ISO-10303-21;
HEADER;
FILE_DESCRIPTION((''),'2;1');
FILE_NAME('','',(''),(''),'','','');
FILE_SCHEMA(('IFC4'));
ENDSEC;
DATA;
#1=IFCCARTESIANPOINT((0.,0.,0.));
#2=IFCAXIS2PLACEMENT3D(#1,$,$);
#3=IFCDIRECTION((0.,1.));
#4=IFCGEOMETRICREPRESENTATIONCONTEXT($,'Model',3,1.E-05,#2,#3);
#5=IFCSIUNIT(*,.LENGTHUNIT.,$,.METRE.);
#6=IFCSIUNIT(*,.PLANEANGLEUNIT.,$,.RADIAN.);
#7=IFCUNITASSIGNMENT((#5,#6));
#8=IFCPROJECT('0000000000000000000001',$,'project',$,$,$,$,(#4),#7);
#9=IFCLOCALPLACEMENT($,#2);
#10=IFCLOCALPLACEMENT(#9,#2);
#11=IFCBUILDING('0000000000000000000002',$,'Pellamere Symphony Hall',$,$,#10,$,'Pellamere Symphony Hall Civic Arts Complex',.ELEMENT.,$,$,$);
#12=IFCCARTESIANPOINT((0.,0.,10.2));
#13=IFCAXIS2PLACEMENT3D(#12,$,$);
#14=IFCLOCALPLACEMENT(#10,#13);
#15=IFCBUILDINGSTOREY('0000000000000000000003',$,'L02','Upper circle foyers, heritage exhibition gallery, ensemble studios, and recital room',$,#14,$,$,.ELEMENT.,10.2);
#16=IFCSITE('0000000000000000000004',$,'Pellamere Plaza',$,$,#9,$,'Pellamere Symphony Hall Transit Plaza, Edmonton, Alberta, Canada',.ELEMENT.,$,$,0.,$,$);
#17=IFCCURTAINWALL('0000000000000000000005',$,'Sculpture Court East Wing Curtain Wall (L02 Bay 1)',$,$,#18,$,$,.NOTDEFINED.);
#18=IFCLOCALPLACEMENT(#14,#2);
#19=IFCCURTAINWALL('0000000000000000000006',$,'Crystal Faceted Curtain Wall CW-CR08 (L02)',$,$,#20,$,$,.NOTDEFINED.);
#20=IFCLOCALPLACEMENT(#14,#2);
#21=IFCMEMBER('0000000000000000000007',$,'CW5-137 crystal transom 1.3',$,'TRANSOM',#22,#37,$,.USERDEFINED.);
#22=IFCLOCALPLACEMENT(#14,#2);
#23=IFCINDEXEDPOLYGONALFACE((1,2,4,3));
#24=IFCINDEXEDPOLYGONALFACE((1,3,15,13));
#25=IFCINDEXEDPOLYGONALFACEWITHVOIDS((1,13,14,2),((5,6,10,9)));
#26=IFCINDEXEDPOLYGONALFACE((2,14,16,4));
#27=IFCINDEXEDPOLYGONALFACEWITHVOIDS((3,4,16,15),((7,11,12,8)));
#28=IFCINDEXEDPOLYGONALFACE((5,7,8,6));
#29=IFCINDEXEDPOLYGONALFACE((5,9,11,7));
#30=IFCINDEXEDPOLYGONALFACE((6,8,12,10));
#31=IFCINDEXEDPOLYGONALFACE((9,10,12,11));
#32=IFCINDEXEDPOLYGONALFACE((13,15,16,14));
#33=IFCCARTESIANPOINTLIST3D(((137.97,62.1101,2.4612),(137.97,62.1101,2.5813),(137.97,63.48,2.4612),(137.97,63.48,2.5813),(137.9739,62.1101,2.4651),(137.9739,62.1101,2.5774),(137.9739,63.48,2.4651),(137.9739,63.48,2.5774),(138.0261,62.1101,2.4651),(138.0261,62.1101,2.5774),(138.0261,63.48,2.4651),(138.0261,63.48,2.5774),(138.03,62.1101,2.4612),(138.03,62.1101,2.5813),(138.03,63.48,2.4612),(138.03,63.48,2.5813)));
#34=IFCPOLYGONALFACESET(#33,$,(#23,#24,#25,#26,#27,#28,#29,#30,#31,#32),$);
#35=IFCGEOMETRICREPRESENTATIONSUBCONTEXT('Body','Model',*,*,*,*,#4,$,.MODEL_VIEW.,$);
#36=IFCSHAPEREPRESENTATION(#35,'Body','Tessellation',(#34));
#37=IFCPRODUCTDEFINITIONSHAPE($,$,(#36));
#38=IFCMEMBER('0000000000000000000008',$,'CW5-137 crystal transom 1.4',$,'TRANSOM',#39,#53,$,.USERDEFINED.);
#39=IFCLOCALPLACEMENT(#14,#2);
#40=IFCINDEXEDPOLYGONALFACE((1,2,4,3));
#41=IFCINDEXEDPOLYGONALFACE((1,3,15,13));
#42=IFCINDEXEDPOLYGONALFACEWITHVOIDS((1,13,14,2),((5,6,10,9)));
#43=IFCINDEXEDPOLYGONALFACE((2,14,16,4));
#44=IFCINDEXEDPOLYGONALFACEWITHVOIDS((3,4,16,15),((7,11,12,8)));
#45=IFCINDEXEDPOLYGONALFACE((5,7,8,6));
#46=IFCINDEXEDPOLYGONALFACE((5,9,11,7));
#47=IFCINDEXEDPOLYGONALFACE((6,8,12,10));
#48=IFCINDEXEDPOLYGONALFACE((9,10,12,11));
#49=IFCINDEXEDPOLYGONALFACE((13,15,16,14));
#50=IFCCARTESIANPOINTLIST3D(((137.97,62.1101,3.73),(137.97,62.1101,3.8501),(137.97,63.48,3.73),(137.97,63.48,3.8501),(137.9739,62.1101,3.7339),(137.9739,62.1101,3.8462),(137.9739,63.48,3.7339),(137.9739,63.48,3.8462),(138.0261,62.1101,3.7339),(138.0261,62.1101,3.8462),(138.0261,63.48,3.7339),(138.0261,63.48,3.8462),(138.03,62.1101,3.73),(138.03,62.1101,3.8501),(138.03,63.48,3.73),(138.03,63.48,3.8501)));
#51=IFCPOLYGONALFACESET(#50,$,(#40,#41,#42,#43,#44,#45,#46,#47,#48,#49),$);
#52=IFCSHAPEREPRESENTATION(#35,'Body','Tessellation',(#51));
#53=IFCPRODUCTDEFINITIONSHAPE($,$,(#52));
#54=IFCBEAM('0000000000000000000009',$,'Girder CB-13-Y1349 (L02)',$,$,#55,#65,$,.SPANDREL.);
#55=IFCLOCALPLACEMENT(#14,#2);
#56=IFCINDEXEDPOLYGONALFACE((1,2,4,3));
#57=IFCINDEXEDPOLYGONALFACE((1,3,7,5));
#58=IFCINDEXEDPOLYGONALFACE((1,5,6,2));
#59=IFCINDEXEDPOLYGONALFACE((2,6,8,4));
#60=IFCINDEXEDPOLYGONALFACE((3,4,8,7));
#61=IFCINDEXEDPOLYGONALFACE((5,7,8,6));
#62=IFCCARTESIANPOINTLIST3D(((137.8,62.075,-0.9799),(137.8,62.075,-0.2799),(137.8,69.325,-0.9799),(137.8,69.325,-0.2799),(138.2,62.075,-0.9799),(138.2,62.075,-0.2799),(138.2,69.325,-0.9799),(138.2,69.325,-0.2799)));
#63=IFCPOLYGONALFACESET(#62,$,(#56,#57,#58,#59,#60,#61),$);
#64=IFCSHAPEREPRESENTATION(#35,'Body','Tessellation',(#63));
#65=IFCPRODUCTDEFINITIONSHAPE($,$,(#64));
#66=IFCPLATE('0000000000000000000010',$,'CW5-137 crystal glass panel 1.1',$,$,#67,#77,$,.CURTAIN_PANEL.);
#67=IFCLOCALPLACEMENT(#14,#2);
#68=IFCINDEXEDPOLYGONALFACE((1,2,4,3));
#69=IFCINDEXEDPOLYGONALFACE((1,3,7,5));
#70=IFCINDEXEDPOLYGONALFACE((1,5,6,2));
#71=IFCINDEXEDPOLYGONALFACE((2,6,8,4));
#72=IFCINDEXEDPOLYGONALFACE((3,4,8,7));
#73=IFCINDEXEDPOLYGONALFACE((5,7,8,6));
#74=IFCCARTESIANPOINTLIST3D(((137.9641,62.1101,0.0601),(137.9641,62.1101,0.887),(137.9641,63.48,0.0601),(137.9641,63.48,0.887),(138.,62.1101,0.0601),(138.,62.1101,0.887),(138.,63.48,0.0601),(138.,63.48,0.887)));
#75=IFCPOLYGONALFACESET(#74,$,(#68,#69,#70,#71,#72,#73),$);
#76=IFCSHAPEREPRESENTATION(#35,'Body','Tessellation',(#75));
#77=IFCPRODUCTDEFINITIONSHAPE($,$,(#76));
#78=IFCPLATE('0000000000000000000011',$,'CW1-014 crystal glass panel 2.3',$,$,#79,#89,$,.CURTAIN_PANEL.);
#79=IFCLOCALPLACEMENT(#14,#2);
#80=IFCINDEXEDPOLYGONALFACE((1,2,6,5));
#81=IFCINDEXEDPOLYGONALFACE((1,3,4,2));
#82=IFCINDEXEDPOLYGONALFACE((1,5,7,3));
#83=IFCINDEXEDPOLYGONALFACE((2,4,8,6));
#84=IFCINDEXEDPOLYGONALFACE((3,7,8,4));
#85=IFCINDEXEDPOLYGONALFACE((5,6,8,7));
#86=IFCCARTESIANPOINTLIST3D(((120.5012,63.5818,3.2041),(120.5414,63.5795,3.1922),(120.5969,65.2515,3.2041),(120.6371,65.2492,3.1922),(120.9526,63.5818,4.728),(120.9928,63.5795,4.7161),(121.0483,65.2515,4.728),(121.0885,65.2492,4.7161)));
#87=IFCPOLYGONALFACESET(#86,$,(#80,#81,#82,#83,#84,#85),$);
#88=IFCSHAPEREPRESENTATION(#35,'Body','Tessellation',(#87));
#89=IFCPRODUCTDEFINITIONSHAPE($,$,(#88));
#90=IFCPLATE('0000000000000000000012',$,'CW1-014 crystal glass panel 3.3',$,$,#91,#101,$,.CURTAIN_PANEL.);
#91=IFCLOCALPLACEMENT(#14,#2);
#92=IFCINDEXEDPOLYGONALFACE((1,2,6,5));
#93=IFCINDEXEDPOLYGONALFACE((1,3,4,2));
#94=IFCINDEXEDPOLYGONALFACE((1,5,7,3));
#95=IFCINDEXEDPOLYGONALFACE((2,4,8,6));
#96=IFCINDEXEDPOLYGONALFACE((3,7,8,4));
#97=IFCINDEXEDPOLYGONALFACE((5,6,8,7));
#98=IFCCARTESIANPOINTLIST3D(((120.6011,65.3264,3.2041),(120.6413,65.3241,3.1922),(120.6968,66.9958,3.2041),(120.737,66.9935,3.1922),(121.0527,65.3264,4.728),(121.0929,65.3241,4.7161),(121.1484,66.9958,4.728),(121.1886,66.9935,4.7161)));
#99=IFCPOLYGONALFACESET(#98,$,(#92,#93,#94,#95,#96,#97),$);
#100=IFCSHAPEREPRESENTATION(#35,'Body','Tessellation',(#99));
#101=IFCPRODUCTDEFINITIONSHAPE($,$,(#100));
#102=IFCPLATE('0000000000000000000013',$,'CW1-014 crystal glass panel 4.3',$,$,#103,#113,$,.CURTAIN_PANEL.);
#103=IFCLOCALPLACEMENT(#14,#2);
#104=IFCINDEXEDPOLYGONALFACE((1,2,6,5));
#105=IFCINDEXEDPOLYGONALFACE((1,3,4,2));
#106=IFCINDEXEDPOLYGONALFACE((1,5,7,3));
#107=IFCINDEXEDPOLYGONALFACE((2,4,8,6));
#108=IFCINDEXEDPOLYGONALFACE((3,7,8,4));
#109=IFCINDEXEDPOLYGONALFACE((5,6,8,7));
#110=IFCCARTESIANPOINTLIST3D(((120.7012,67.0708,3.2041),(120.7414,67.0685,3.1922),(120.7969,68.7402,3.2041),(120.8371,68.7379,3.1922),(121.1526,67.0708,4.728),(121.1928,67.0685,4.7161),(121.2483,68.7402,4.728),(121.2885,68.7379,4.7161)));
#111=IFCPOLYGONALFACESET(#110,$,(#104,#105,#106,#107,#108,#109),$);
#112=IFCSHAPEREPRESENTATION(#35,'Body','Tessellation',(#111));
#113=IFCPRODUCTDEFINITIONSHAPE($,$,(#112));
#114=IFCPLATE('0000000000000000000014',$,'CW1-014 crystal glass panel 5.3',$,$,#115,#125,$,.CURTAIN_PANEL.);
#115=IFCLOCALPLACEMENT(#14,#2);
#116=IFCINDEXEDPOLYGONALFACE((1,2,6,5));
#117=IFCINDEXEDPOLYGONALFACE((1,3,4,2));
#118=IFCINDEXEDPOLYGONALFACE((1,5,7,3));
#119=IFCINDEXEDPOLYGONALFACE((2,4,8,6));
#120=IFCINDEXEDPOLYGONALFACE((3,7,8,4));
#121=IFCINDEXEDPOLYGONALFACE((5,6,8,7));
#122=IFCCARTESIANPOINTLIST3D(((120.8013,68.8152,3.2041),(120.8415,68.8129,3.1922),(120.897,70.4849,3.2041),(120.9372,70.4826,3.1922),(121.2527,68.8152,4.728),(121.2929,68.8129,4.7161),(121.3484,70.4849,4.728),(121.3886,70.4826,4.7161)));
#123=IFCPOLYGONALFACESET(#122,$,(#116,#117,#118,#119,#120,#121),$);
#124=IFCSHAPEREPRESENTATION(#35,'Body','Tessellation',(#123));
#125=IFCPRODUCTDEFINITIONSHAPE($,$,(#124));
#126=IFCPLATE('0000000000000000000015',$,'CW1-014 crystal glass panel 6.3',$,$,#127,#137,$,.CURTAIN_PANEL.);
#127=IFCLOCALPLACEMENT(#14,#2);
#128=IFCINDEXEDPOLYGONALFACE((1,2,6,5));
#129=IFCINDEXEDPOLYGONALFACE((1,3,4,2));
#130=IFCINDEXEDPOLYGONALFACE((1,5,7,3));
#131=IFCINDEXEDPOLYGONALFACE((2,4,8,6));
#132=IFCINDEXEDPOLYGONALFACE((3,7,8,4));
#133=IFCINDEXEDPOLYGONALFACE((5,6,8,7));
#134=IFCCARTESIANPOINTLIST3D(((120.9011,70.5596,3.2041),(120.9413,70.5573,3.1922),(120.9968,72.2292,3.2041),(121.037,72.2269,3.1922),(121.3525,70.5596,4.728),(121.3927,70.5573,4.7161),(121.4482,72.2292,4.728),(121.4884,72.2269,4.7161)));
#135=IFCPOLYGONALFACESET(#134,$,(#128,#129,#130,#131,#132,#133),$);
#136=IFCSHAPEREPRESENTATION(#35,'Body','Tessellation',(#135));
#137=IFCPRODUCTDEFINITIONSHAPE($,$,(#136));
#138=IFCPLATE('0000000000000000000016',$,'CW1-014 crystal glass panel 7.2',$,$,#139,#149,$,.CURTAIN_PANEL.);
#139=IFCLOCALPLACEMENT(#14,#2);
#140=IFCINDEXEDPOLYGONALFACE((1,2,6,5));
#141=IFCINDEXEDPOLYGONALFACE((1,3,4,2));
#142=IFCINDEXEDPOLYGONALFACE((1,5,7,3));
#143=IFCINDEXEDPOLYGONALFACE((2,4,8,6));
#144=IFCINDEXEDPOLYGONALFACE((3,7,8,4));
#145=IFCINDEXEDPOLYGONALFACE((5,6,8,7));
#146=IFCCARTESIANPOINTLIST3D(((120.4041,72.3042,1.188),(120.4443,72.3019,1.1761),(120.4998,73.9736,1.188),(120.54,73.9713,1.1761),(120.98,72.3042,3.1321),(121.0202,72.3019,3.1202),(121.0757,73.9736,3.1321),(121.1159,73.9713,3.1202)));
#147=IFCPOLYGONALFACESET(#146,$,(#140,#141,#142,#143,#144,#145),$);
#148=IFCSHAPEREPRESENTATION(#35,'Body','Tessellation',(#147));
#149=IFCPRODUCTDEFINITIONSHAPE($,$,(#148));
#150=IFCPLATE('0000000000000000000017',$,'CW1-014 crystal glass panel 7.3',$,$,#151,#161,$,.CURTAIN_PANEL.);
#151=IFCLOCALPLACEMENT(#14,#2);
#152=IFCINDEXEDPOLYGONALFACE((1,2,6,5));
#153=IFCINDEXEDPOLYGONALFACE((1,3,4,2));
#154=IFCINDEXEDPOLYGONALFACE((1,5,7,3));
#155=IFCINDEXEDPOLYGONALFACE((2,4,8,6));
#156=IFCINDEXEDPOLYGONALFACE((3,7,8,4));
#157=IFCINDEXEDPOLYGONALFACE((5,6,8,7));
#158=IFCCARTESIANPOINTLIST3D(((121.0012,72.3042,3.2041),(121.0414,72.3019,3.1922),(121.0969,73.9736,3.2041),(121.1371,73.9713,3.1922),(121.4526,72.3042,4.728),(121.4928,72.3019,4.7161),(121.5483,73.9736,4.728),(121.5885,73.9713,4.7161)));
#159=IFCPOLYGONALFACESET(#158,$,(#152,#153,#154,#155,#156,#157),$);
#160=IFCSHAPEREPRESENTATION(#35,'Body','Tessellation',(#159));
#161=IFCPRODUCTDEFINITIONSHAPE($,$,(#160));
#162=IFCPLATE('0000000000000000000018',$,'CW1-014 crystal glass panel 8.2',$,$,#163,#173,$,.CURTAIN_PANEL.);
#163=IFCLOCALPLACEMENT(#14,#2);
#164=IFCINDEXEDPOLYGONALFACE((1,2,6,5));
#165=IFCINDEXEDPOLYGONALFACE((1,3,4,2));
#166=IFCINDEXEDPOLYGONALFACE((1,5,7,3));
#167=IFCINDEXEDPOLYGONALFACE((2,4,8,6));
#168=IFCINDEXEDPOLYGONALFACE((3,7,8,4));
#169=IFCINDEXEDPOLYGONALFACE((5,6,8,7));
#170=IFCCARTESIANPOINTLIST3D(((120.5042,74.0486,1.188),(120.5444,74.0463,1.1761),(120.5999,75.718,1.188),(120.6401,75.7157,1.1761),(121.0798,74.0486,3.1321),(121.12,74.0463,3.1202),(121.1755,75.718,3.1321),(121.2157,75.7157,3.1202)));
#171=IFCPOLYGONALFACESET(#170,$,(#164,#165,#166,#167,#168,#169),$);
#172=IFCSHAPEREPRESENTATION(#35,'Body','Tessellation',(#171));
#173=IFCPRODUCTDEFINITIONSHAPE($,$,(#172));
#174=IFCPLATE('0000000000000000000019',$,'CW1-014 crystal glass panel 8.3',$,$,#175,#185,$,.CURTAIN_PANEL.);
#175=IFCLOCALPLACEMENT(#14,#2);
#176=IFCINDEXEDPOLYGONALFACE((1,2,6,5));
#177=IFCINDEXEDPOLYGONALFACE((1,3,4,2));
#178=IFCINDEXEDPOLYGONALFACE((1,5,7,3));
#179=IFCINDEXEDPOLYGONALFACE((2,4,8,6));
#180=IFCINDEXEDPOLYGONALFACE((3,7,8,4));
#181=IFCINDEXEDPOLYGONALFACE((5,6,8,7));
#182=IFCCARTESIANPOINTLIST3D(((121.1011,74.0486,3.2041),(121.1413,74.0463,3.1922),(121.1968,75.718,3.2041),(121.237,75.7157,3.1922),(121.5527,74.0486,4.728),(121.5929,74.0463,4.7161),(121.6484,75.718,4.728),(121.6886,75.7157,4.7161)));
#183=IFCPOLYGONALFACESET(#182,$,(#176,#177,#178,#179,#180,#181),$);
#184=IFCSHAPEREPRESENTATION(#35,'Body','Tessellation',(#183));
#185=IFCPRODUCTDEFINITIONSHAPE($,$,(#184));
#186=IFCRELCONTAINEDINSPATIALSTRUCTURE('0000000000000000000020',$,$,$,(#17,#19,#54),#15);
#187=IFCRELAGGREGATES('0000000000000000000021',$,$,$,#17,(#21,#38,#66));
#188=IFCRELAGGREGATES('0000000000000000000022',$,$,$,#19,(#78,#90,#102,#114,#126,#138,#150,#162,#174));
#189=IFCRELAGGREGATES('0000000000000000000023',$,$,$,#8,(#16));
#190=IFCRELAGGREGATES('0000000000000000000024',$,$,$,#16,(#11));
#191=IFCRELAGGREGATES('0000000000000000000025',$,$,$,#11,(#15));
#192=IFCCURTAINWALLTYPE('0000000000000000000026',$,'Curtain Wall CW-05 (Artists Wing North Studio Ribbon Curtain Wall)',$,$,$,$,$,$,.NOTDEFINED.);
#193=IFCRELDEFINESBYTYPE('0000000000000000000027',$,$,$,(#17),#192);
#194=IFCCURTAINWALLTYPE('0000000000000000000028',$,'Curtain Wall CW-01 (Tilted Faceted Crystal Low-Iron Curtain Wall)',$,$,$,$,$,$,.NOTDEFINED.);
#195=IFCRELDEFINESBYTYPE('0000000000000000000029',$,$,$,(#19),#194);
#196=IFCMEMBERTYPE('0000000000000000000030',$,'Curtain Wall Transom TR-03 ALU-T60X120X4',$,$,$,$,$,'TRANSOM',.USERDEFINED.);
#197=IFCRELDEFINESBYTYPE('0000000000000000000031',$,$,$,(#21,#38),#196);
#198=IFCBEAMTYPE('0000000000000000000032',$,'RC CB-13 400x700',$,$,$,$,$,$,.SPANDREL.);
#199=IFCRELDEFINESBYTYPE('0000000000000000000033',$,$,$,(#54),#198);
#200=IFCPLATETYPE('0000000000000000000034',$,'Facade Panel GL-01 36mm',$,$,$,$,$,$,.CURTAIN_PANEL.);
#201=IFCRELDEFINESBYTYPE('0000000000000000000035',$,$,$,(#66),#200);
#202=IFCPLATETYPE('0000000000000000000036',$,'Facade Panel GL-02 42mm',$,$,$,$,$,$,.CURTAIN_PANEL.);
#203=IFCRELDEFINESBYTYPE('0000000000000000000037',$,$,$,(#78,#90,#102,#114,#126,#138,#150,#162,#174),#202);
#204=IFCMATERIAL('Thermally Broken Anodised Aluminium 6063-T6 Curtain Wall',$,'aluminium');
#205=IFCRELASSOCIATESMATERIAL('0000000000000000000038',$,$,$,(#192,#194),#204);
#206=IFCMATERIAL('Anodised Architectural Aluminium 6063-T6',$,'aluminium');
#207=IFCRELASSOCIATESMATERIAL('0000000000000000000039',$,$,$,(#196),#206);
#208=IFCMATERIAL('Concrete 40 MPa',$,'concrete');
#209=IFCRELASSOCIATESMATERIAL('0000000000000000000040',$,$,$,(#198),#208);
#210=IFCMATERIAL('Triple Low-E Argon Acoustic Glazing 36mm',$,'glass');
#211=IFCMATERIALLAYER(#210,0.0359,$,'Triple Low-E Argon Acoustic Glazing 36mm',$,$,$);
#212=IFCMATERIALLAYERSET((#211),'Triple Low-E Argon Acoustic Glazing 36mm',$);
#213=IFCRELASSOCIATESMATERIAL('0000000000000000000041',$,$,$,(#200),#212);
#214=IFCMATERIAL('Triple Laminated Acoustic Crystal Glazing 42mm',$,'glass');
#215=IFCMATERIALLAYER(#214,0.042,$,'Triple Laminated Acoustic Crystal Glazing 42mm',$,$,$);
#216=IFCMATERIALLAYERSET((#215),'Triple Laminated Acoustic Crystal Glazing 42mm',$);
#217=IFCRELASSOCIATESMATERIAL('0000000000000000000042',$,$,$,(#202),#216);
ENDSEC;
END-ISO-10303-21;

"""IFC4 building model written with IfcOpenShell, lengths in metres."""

from ifc_helpers import new_model, si_unit, direction, frame, origin, origin_2d, place, context, subcontext, project, spatial, polyline, rectangle, hollow_rectangle, outline, extrude, material, layer, layer_set, material_profile, profile_set, type_object, element, aggregate, save


model = new_model("IFC4")

# Units and contexts
model_context = context("Model", 3, precision=1e-05, world=origin(), true_north=direction((0.0, 1.0)))
body_context = subcontext(model_context, "Body", "Model", "MODEL_VIEW")
ifc_project = project(units=[si_unit("LENGTHUNIT", "METRE"), si_unit("PLANEANGLEUNIT", "RADIAN")], contexts=[model_context])

# Site, building, storey
site_placement = place(None, origin())
site = spatial("IfcSite", under=ifc_project, at=site_placement, Name="Pellamere Plaza", LongName="Pellamere Symphony Hall Transit Plaza, Edmonton, Alberta, Canada", CompositionType="ELEMENT", RefElevation=0.0)
building_placement = place(site_placement, origin())
building = spatial("IfcBuilding", under=site, at=building_placement, Name="Pellamere Symphony Hall", LongName="Pellamere Symphony Hall Civic Arts Complex", CompositionType="ELEMENT")
storey_placement = place(building_placement, frame((0.0, 0.0, 10.2)))
storey = spatial("IfcBuildingStorey", under=building, at=storey_placement, Name="L02", Description="Upper circle foyers, heritage exhibition gallery, ensemble studios, and recital room", CompositionType="ELEMENT", Elevation=10.2)

# Curtain wall
ifc_material_1 = material(Name="Thermally Broken Anodised Aluminium 6063-T6 Curtain Wall", Category="aluminium")
curtain_wall_type_1 = type_object("IfcCurtainWallType", Name="Curtain Wall CW-05 (Artists Wing North Studio Ribbon Curtain Wall)", PredefinedType="NOTDEFINED", material=ifc_material_1)
curtain_wall_1_placement = place(storey_placement, origin())
curtain_wall_1 = element("IfcCurtainWall", 1, at=curtain_wall_1_placement, inside=storey, type_object=curtain_wall_type_1, Name="Sculpture Court East Wing Curtain Wall (L02 Bay 1)", PredefinedType="NOTDEFINED")
ifc_material_2 = material(Name="Anodised Architectural Aluminium 6063-T6", Category="aluminium")

# Curtain wall
curtain_wall_type_2 = type_object("IfcCurtainWallType", Name="Curtain Wall CW-01 (Tilted Faceted Crystal Low-Iron Curtain Wall)", PredefinedType="NOTDEFINED", material=ifc_material_1)
curtain_wall_2_placement = place(storey_placement, origin())
curtain_wall_2 = element("IfcCurtainWall", 2, at=curtain_wall_2_placement, inside=storey, type_object=curtain_wall_type_2, Name="Crystal Faceted Curtain Wall CW-CR08 (L02)", PredefinedType="NOTDEFINED")

# Members
ifc_material_profile_1 = material_profile(ifc_material_2, hollow_rectangle(XDim=0.0601, YDim=0.1201, WallThickness=0.0039, at=origin_2d()), Name="ALU-T60X120X4")
ifc_profile_set_1 = profile_set([ifc_material_profile_1], Name="Anodised Architectural Aluminium 6063-T6")
member_type_1 = type_object("IfcMemberType", Name="Curtain Wall Transom TR-03 ALU-T60X120X4", ElementType="TRANSOM", PredefinedType="USERDEFINED", material=ifc_profile_set_1)
member_1_placement = place(storey_placement, frame((138.0, 62.1101, 2.5212), z_axis=(0.0, 1.0, 0.0), x_axis=(-1.0, 0.0, 0.0)))
member_1 = element("IfcMember", 3, at=member_1_placement, type_object=member_type_1, Name="CW5-137 crystal transom 1.3", ObjectType="TRANSOM", PredefinedType="USERDEFINED", context=body_context, shape_type="SweptSolid", body=[
    extrude(hollow_rectangle(XDim=0.0601, YDim=0.1201, WallThickness=0.0039, at=origin_2d()), origin(), (0.0, 0.0, 1.0), 1.3699),
])
member_2_placement = place(storey_placement, frame((138.0, 62.1101, 3.79), z_axis=(0.0, 1.0, 0.0), x_axis=(-1.0, 0.0, 0.0)))
member_2 = element("IfcMember", 4, at=member_2_placement, type_object=member_type_1, Name="CW5-137 crystal transom 1.4", ObjectType="TRANSOM", PredefinedType="USERDEFINED", context=body_context, shape_type="SweptSolid", body=[
    extrude(hollow_rectangle(XDim=0.0601, YDim=0.1201, WallThickness=0.0039, at=origin_2d()), origin(), (0.0, 0.0, 1.0), 1.3699),
])

# Beam
ifc_material_3 = material(Name="Concrete 40 MPa", Category="concrete")
ifc_material_profile_2 = material_profile(ifc_material_3, rectangle(XDim=0.3999, YDim=0.7, at=origin_2d()), Name="RC 400x700")
ifc_profile_set_2 = profile_set([ifc_material_profile_2], Name="Concrete 40 MPa")
beam_type = type_object("IfcBeamType", Name="RC CB-13 400x700", PredefinedType="SPANDREL", material=ifc_profile_set_2)
beam_placement = place(storey_placement, frame((138.0, 62.075, -0.6299), z_axis=(0.0, 1.0, 0.0), x_axis=(-1.0, 0.0, 0.0)))
element("IfcBeam", 5, at=beam_placement, inside=storey, type_object=beam_type, Name="Girder CB-13-Y1349 (L02)", PredefinedType="SPANDREL", context=body_context, shape_type="SweptSolid", body=[
    extrude(rectangle(XDim=0.3999, YDim=0.7, at=origin_2d()), origin(), (0.0, 0.0, 1.0), 7.25),
])

# Plates
ifc_material_4 = material(Name="Triple Low-E Argon Acoustic Glazing 36mm", Category="glass")
ifc_layer_1 = layer(ifc_material_4, 0.0359, Name="Triple Low-E Argon Acoustic Glazing 36mm")
ifc_layer_set_1 = layer_set([ifc_layer_1], Name="Triple Low-E Argon Acoustic Glazing 36mm")
plate_type_1 = type_object("IfcPlateType", Name="Facade Panel GL-01 36mm", PredefinedType="CURTAIN_PANEL", material=ifc_layer_set_1)
plate_1_placement = place(storey_placement, frame((138.0, 62.1101, 0.0601), z_axis=(1.0, 0.0, 0.0), x_axis=(0.0, 1.0, 0.0)))
plate_1 = element("IfcPlate", 6, at=plate_1_placement, type_object=plate_type_1, Name="CW5-137 crystal glass panel 1.1", PredefinedType="CURTAIN_PANEL", context=body_context, shape_type="SweptSolid", body=[
    extrude(outline(polyline([(0.0, 0.0), (1.3699, 0.0), (1.3699, 0.8269), (0.0, 0.8269), (0.0, 0.0)])), origin(), (0.0, 0.0, -1.0), 0.0359),
])
aggregate(curtain_wall_1, [member_1, member_2, plate_1])
ifc_material_5 = material(Name="Triple Laminated Acoustic Crystal Glazing 42mm", Category="glass")
ifc_layer_2 = layer(ifc_material_5, 0.042, Name="Triple Laminated Acoustic Crystal Glazing 42mm")
ifc_layer_set_2 = layer_set([ifc_layer_2], Name="Triple Laminated Acoustic Crystal Glazing 42mm")
plate_type_2 = type_object("IfcPlateType", Name="Facade Panel GL-02 42mm", PredefinedType="CURTAIN_PANEL", material=ifc_layer_set_2)
plate_2_placement = place(storey_placement, frame((120.5012, 63.5818, 3.2041), z_axis=(-0.957374, 0.054875, 0.283592), x_axis=(0.057224, 0.998361, 0.0)))
plate_2 = element("IfcPlate", 7, at=plate_2_placement, type_object=plate_type_2, Name="CW1-014 crystal glass panel 2.3", PredefinedType="CURTAIN_PANEL", context=body_context, shape_type="SweptSolid", body=[
    extrude(outline(polyline([(0.0, 0.0), (1.6724, 0.0), (1.6983, -1.5892), (0.0258, -1.5892), (0.0, 0.0)])), origin(), (0.0, 0.0, -1.0), 0.042),
])
plate_3_placement = place(storey_placement, frame((120.6011, 65.3264, 3.2041), z_axis=(-0.957331, 0.054881, 0.283733), x_axis=(0.057233, 0.998361, 0.0)))
plate_3 = element("IfcPlate", 8, at=plate_3_placement, type_object=plate_type_2, Name="CW1-014 crystal glass panel 3.3", PredefinedType="CURTAIN_PANEL", context=body_context, shape_type="SweptSolid", body=[
    extrude(outline(polyline([(0.0, 0.0), (1.6722, 0.0), (1.698, -1.5892), (0.0258, -1.5892), (0.0, 0.0)])), origin(), (0.0, 0.0, -1.0), 0.042),
])
plate_4_placement = place(storey_placement, frame((120.7012, 67.0708, 3.2041), z_axis=(-0.957373, 0.054883, 0.283592), x_axis=(0.057233, 0.998361, 0.0)))
plate_4 = element("IfcPlate", 9, at=plate_4_placement, type_object=plate_type_2, Name="CW1-014 crystal glass panel 4.3", PredefinedType="CURTAIN_PANEL", context=body_context, shape_type="SweptSolid", body=[
    extrude(outline(polyline([(0.0, 0.0), (1.6722, 0.0), (1.698, -1.5892), (0.0258, -1.5892), (0.0, 0.0)])), origin(), (0.0, 0.0, -1.0), 0.042),
])
plate_5_placement = place(storey_placement, frame((120.8013, 68.8152, 3.2041), z_axis=(-0.957374, 0.054875, 0.283592), x_axis=(0.057224, 0.998361, 0.0)))
plate_5 = element("IfcPlate", 10, at=plate_5_placement, type_object=plate_type_2, Name="CW1-014 crystal glass panel 5.3", PredefinedType="CURTAIN_PANEL", context=body_context, shape_type="SweptSolid", body=[
    extrude(outline(polyline([(0.0, 0.0), (1.6724, 0.0), (1.6983, -1.5892), (0.0258, -1.5892), (0.0, 0.0)])), origin(), (0.0, 0.0, -1.0), 0.042),
])
plate_6_placement = place(storey_placement, frame((120.9011, 70.5596, 3.2041), z_axis=(-0.957374, 0.054875, 0.283592), x_axis=(0.057224, 0.998361, 0.0)))
plate_6 = element("IfcPlate", 11, at=plate_6_placement, type_object=plate_type_2, Name="CW1-014 crystal glass panel 6.3", PredefinedType="CURTAIN_PANEL", context=body_context, shape_type="SweptSolid", body=[
    extrude(outline(polyline([(0.0, 0.0), (1.6724, 0.0), (1.6983, -1.5892), (0.0258, -1.5892), (0.0, 0.0)])), origin(), (0.0, 0.0, -1.0), 0.042),
])
plate_7_placement = place(storey_placement, frame((120.4041, 72.3042, 1.188), z_axis=(-0.957366, 0.054883, 0.283615), x_axis=(0.057233, 0.998361, 0.0)))
plate_7 = element("IfcPlate", 12, at=plate_7_placement, type_object=plate_type_2, Name="CW1-014 crystal glass panel 7.2", PredefinedType="CURTAIN_PANEL", context=body_context, shape_type="SweptSolid", body=[
    extrude(outline(polyline([(0.0, 0.0), (1.6722, 0.0), (1.7051, -2.0273), (0.033, -2.0273), (0.0, 0.0)])), origin(), (0.0, 0.0, -1.0), 0.042),
])
plate_8_placement = place(storey_placement, frame((121.0012, 72.3042, 3.2041), z_axis=(-0.957373, 0.054883, 0.283592), x_axis=(0.057233, 0.998361, 0.0)))
plate_8 = element("IfcPlate", 13, at=plate_8_placement, type_object=plate_type_2, Name="CW1-014 crystal glass panel 7.3", PredefinedType="CURTAIN_PANEL", context=body_context, shape_type="SweptSolid", body=[
    extrude(outline(polyline([(0.0, 0.0), (1.6722, 0.0), (1.698, -1.5892), (0.0258, -1.5892), (0.0, 0.0)])), origin(), (0.0, 0.0, -1.0), 0.042),
])
plate_9_placement = place(storey_placement, frame((120.5042, 74.0486, 1.188), z_axis=(-0.957399, 0.054885, 0.283505), x_axis=(0.057233, 0.998361, 0.0)))
plate_9 = element("IfcPlate", 14, at=plate_9_placement, type_object=plate_type_2, Name="CW1-014 crystal glass panel 8.2", PredefinedType="CURTAIN_PANEL", context=body_context, shape_type="SweptSolid", body=[
    extrude(outline(polyline([(0.0, 0.0), (1.6722, 0.0), (1.7051, -2.0273), (0.0329, -2.0273), (0.0, 0.0)])), origin(), (0.0, 0.0, -1.0), 0.042),
])
plate_10_placement = place(storey_placement, frame((121.1011, 74.0486, 3.2041), z_axis=(-0.957331, 0.054881, 0.283733), x_axis=(0.057233, 0.998361, 0.0)))
plate_10 = element("IfcPlate", 15, at=plate_10_placement, type_object=plate_type_2, Name="CW1-014 crystal glass panel 8.3", PredefinedType="CURTAIN_PANEL", context=body_context, shape_type="SweptSolid", body=[
    extrude(outline(polyline([(0.0, 0.0), (1.6722, 0.0), (1.698, -1.5892), (0.0258, -1.5892), (0.0, 0.0)])), origin(), (0.0, 0.0, -1.0), 0.042),
])
aggregate(curtain_wall_2, [plate_2, plate_3, plate_4, plate_5, plate_6, plate_7, plate_8, plate_9, plate_10])

save(model, "model.ifc")
